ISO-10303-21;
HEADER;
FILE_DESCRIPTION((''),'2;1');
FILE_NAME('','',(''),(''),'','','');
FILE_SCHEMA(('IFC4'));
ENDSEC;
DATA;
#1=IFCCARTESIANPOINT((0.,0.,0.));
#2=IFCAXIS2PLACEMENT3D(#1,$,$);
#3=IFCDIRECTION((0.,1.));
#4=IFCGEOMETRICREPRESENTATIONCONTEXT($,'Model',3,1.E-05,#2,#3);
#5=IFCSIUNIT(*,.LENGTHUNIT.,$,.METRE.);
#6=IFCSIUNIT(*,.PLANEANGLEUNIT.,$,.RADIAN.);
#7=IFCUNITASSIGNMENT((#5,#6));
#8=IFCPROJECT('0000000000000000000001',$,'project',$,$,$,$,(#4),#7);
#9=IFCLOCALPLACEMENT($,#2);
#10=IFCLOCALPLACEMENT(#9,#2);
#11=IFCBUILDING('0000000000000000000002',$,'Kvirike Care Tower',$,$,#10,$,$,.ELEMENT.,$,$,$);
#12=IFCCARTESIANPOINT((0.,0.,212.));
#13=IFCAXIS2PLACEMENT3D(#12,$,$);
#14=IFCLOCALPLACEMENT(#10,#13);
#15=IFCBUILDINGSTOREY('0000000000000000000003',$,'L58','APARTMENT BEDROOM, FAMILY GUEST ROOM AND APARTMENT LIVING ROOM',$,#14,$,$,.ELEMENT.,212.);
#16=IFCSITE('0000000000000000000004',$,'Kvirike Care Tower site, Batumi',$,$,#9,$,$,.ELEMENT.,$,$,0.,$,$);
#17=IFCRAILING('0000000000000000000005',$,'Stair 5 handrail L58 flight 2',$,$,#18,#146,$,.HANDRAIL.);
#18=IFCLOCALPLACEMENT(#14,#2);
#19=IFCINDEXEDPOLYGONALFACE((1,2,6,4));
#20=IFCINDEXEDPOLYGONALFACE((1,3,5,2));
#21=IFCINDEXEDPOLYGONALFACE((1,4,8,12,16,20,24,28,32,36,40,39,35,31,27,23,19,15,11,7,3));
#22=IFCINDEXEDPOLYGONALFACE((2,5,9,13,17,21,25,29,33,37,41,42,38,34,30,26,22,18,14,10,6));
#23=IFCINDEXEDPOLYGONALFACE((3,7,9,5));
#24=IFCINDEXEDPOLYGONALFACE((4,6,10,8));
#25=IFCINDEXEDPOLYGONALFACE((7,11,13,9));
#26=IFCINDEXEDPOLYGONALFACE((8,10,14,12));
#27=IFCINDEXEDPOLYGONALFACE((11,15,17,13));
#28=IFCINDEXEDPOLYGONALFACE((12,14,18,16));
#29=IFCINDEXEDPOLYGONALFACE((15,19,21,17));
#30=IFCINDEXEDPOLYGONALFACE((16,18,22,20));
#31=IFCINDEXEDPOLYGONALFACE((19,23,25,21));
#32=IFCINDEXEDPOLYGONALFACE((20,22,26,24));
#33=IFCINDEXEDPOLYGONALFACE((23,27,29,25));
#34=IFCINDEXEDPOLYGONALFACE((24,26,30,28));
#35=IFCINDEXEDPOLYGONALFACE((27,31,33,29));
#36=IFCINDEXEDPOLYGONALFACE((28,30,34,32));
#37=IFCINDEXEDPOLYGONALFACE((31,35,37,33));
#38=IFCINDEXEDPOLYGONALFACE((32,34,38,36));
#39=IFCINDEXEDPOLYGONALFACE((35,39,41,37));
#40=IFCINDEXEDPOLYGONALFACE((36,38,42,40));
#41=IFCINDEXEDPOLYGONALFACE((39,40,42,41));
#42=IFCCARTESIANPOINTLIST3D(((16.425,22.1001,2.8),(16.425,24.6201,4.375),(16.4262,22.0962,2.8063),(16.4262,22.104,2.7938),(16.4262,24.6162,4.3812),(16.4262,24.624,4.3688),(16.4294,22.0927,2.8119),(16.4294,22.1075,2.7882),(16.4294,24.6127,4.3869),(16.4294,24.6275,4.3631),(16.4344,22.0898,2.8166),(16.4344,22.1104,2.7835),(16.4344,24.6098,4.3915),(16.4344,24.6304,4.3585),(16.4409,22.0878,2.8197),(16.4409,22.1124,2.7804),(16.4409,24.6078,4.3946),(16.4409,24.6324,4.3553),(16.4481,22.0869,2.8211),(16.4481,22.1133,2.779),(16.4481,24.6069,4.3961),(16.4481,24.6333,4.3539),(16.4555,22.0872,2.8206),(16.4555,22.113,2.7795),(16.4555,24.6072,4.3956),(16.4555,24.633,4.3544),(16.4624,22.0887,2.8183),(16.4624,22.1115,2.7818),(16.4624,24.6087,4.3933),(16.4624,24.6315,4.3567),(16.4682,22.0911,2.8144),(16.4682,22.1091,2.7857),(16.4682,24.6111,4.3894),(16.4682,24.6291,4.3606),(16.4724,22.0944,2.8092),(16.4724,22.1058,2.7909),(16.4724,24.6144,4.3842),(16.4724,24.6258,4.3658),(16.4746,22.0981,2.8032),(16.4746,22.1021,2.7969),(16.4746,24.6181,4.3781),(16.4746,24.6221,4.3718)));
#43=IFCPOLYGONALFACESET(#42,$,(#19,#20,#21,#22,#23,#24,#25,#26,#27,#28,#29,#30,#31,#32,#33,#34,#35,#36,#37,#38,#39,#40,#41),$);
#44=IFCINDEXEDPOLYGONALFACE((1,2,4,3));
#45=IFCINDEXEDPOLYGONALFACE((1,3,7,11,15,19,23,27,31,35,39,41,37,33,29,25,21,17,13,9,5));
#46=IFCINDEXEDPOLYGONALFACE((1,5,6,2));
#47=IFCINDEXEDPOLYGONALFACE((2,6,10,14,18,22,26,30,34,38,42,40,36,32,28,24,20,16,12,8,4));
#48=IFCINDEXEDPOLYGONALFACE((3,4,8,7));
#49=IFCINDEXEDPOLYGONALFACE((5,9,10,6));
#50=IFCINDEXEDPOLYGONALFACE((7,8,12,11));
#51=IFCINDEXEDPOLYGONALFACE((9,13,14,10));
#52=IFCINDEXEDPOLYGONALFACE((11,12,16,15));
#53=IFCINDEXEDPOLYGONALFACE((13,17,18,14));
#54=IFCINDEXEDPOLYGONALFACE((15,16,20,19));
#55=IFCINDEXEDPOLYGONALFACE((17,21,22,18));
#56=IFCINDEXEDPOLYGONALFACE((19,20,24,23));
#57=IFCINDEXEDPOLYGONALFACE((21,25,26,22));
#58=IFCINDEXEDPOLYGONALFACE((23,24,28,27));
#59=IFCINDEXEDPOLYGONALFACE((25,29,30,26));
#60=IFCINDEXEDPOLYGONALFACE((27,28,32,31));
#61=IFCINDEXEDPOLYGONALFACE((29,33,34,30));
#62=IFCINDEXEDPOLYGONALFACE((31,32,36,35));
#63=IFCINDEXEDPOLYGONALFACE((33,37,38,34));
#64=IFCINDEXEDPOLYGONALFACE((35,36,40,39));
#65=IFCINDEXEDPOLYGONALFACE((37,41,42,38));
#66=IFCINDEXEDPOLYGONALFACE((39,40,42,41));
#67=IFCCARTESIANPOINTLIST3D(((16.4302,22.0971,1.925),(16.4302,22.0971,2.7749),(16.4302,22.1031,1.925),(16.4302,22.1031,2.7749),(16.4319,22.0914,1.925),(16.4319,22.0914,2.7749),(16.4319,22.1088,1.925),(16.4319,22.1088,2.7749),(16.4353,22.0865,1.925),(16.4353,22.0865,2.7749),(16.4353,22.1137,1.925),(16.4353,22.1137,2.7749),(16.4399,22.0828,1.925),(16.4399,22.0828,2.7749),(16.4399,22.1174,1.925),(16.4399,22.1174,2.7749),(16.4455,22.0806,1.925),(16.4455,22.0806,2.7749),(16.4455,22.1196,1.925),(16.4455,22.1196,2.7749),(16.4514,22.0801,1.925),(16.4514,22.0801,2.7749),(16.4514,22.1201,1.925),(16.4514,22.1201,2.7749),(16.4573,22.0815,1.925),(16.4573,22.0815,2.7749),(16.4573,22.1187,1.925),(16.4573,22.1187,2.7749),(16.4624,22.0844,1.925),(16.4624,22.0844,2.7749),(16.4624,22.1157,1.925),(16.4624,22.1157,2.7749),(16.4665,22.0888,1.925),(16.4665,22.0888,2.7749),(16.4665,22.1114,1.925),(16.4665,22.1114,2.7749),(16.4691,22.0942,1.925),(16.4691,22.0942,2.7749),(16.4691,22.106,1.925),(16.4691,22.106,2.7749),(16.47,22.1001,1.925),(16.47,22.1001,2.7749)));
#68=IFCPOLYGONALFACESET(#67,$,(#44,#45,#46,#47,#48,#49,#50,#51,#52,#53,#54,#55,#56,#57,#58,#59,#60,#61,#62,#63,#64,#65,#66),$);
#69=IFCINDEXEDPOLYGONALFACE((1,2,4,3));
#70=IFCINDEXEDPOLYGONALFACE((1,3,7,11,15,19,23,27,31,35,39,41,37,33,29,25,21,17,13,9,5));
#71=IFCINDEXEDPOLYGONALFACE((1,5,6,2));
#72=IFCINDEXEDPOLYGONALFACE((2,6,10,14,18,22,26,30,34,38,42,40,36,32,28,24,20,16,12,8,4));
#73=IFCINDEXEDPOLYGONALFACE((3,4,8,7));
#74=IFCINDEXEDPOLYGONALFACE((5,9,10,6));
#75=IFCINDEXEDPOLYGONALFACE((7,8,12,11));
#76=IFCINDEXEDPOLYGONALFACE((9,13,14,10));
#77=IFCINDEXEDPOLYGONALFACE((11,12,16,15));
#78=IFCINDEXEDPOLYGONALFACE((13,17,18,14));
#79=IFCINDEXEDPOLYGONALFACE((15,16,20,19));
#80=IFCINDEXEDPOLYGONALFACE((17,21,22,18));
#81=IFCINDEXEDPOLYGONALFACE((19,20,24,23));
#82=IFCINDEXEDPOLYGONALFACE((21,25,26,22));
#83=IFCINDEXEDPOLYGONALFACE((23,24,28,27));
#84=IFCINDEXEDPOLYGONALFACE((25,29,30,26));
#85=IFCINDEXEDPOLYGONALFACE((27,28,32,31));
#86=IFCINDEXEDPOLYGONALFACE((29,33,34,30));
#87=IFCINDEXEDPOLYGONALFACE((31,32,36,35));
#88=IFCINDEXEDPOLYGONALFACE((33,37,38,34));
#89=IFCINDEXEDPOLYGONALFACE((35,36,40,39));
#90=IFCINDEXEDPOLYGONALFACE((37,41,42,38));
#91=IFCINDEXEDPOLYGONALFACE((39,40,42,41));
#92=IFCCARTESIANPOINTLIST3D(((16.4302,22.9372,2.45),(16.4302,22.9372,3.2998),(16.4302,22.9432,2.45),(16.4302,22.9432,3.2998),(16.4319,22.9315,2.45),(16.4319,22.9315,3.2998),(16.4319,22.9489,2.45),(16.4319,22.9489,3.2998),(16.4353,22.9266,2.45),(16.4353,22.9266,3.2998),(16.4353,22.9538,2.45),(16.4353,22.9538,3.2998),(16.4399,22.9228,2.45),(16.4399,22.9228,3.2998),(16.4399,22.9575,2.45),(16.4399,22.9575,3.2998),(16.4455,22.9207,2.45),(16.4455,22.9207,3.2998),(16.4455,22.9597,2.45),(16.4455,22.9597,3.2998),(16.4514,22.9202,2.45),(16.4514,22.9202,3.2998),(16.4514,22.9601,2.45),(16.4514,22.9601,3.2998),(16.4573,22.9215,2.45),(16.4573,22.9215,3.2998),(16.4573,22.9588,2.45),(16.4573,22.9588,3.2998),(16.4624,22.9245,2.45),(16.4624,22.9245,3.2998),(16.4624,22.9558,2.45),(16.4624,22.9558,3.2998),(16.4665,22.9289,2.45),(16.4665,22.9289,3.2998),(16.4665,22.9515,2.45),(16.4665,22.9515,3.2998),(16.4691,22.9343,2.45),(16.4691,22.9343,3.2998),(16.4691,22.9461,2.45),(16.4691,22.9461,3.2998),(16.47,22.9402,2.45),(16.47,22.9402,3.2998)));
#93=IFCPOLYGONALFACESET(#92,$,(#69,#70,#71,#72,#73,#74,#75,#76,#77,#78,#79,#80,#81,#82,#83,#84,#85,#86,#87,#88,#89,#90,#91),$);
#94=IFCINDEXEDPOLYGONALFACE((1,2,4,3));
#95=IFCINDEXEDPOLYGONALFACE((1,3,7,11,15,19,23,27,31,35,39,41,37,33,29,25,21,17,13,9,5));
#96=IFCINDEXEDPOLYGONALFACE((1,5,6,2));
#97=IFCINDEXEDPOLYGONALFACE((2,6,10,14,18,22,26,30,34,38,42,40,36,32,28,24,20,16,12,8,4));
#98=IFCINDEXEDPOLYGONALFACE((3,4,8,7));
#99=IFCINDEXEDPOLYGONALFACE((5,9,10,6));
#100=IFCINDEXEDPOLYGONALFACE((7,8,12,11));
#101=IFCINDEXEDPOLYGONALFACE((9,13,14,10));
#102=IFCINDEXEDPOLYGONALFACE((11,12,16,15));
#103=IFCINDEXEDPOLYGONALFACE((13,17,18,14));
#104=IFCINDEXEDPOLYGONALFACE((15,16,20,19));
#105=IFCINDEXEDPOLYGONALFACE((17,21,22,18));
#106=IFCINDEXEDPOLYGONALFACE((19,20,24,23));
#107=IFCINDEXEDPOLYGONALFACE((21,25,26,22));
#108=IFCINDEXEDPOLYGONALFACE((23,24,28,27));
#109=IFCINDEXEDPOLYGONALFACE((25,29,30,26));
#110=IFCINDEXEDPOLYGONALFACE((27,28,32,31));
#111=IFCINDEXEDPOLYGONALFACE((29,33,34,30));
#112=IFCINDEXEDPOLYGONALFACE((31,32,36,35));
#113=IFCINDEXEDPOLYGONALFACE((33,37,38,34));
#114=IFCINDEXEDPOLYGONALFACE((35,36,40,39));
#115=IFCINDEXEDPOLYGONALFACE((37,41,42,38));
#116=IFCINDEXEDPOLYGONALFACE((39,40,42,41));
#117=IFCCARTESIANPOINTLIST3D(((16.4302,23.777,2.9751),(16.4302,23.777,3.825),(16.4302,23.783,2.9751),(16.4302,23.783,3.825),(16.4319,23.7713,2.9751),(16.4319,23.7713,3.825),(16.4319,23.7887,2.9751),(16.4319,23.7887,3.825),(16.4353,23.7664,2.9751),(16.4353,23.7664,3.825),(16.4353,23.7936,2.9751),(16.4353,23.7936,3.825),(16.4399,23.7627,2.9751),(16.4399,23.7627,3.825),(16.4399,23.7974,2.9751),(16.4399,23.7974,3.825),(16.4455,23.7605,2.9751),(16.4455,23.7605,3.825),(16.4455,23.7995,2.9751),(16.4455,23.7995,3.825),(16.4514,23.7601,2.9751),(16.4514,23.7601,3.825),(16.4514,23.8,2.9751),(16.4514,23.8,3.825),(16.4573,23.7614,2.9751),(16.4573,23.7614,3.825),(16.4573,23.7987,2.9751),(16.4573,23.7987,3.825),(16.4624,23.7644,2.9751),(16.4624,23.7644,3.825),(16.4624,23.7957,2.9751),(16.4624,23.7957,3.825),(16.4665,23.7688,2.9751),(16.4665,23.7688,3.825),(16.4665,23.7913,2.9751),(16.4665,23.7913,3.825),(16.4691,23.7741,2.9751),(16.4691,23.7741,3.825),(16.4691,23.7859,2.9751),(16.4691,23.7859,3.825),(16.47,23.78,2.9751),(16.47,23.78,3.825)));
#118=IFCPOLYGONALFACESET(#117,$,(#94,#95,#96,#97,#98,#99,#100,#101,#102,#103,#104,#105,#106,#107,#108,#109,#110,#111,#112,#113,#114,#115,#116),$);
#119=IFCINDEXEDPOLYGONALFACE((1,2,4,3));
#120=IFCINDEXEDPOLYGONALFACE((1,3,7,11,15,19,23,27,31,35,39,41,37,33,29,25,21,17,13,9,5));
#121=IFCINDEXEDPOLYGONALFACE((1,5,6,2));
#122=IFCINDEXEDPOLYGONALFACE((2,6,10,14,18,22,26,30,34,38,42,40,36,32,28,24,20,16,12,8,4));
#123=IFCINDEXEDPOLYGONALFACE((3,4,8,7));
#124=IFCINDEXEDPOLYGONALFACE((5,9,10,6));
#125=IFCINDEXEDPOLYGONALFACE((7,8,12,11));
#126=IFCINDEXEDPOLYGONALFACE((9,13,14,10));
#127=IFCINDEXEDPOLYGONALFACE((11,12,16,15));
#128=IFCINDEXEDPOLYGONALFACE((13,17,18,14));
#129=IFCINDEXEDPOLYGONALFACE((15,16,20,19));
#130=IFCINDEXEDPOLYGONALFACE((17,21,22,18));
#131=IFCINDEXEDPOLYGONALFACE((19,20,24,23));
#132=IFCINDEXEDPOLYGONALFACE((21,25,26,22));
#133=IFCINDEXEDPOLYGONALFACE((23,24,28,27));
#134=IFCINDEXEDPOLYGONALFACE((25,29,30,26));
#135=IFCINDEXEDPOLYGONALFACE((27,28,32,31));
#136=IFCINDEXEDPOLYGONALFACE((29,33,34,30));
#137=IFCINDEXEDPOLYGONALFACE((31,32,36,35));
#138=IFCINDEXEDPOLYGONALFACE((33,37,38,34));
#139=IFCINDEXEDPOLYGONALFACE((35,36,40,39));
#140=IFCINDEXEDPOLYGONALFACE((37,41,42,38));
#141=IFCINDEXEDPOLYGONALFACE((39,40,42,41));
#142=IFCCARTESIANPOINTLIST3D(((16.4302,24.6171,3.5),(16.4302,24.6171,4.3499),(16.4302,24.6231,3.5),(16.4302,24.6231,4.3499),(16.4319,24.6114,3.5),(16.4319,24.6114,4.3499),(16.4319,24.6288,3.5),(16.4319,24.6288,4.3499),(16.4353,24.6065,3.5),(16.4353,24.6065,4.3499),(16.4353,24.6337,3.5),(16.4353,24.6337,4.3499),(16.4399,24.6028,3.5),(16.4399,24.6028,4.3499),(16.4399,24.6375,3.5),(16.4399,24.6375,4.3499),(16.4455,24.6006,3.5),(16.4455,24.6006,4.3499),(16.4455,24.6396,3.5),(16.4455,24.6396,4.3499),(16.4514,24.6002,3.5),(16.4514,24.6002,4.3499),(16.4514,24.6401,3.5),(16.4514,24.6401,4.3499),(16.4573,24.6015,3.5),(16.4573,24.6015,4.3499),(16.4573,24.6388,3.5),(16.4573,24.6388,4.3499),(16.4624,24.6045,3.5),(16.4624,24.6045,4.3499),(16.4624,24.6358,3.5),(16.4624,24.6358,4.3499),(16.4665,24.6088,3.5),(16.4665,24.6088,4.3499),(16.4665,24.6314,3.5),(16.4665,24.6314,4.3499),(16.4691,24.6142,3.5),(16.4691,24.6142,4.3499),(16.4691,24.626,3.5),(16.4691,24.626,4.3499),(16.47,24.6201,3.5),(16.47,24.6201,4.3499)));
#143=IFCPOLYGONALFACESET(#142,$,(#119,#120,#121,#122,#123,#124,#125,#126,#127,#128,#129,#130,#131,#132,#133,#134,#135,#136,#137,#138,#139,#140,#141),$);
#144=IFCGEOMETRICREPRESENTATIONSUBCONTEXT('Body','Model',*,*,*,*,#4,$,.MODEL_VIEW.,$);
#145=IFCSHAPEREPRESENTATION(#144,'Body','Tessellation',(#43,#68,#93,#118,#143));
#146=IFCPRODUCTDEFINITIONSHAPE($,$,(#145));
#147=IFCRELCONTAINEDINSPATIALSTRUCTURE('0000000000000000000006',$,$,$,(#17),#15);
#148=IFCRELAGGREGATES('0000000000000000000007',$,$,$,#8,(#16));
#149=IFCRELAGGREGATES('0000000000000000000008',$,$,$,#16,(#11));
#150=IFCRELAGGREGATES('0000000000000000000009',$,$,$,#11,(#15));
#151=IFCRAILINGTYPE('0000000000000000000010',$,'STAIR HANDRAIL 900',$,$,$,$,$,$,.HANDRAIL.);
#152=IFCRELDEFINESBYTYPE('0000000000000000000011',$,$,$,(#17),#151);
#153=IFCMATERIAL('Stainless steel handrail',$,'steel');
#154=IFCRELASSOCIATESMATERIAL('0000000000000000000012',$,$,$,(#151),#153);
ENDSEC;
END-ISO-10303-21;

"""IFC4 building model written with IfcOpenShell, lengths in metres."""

from ifc_helpers import new_model, si_unit, direction, frame, origin, origin_2d, place, context, subcontext, project, spatial, circle, extrude, material, type_object, element, save


model = new_model("IFC4")

# Units and contexts
model_context = context("Model", 3, precision=1e-05, world=origin(), true_north=direction((0.0, 1.0)))
body_context = subcontext(model_context, "Body", "Model", "MODEL_VIEW")
ifc_project = project(units=[si_unit("LENGTHUNIT", "METRE"), si_unit("PLANEANGLEUNIT", "RADIAN")], contexts=[model_context])

# Site, building, storey
site_placement = place(None, origin())
site = spatial("IfcSite", under=ifc_project, at=site_placement, Name="Kvirike Care Tower site, Batumi", CompositionType="ELEMENT", RefElevation=0.0)
building_placement = place(site_placement, origin())
building = spatial("IfcBuilding", under=site, at=building_placement, Name="Kvirike Care Tower", CompositionType="ELEMENT")
storey_placement = place(building_placement, frame((0.0, 0.0, 212.0)))
storey = spatial("IfcBuildingStorey", under=building, at=storey_placement, Name="L58", Description="APARTMENT BEDROOM, FAMILY GUEST ROOM AND APARTMENT LIVING ROOM", CompositionType="ELEMENT", Elevation=212.0)

# Railing
ifc_material_1 = material(Name="Stainless steel handrail", Category="steel")
railing_type = type_object("IfcRailingType", Name="STAIR HANDRAIL 900", PredefinedType="HANDRAIL", material=ifc_material_1)
railing_1_placement = place(storey_placement, frame((16.45, 22.1001, 1.925)))
element("IfcRailing", 1, at=railing_1_placement, inside=storey, type_object=railing_type, Name="Stair 5 handrail L58 flight 2", PredefinedType="HANDRAIL", context=body_context, shape_type="SweptSolid", body=[
    extrude(circle(Radius=0.0249, at=origin_2d()), frame((0.0, 0.0, 0.875), z_axis=(0.0, 0.848008, 0.529984), x_axis=(-1.0, 0.0, 0.0)), (0.0, 0.0, 1.0), 2.9717),
    extrude(circle(Radius=0.02, at=origin_2d()), origin(), (0.0, 0.0, 1.0), 0.8499),
    extrude(circle(Radius=0.02, at=origin_2d()), frame((0.0, 0.8401, 0.5249)), (0.0, 0.0, 1.0), 0.8499),
    extrude(circle(Radius=0.02, at=origin_2d()), frame((0.0, 1.6799, 1.05)), (0.0, 0.0, 1.0), 0.8499),
    extrude(circle(Radius=0.02, at=origin_2d()), frame((0.0, 2.52, 1.575)), (0.0, 0.0, 1.0), 0.8499),
])

save(model, "model.ifc")
